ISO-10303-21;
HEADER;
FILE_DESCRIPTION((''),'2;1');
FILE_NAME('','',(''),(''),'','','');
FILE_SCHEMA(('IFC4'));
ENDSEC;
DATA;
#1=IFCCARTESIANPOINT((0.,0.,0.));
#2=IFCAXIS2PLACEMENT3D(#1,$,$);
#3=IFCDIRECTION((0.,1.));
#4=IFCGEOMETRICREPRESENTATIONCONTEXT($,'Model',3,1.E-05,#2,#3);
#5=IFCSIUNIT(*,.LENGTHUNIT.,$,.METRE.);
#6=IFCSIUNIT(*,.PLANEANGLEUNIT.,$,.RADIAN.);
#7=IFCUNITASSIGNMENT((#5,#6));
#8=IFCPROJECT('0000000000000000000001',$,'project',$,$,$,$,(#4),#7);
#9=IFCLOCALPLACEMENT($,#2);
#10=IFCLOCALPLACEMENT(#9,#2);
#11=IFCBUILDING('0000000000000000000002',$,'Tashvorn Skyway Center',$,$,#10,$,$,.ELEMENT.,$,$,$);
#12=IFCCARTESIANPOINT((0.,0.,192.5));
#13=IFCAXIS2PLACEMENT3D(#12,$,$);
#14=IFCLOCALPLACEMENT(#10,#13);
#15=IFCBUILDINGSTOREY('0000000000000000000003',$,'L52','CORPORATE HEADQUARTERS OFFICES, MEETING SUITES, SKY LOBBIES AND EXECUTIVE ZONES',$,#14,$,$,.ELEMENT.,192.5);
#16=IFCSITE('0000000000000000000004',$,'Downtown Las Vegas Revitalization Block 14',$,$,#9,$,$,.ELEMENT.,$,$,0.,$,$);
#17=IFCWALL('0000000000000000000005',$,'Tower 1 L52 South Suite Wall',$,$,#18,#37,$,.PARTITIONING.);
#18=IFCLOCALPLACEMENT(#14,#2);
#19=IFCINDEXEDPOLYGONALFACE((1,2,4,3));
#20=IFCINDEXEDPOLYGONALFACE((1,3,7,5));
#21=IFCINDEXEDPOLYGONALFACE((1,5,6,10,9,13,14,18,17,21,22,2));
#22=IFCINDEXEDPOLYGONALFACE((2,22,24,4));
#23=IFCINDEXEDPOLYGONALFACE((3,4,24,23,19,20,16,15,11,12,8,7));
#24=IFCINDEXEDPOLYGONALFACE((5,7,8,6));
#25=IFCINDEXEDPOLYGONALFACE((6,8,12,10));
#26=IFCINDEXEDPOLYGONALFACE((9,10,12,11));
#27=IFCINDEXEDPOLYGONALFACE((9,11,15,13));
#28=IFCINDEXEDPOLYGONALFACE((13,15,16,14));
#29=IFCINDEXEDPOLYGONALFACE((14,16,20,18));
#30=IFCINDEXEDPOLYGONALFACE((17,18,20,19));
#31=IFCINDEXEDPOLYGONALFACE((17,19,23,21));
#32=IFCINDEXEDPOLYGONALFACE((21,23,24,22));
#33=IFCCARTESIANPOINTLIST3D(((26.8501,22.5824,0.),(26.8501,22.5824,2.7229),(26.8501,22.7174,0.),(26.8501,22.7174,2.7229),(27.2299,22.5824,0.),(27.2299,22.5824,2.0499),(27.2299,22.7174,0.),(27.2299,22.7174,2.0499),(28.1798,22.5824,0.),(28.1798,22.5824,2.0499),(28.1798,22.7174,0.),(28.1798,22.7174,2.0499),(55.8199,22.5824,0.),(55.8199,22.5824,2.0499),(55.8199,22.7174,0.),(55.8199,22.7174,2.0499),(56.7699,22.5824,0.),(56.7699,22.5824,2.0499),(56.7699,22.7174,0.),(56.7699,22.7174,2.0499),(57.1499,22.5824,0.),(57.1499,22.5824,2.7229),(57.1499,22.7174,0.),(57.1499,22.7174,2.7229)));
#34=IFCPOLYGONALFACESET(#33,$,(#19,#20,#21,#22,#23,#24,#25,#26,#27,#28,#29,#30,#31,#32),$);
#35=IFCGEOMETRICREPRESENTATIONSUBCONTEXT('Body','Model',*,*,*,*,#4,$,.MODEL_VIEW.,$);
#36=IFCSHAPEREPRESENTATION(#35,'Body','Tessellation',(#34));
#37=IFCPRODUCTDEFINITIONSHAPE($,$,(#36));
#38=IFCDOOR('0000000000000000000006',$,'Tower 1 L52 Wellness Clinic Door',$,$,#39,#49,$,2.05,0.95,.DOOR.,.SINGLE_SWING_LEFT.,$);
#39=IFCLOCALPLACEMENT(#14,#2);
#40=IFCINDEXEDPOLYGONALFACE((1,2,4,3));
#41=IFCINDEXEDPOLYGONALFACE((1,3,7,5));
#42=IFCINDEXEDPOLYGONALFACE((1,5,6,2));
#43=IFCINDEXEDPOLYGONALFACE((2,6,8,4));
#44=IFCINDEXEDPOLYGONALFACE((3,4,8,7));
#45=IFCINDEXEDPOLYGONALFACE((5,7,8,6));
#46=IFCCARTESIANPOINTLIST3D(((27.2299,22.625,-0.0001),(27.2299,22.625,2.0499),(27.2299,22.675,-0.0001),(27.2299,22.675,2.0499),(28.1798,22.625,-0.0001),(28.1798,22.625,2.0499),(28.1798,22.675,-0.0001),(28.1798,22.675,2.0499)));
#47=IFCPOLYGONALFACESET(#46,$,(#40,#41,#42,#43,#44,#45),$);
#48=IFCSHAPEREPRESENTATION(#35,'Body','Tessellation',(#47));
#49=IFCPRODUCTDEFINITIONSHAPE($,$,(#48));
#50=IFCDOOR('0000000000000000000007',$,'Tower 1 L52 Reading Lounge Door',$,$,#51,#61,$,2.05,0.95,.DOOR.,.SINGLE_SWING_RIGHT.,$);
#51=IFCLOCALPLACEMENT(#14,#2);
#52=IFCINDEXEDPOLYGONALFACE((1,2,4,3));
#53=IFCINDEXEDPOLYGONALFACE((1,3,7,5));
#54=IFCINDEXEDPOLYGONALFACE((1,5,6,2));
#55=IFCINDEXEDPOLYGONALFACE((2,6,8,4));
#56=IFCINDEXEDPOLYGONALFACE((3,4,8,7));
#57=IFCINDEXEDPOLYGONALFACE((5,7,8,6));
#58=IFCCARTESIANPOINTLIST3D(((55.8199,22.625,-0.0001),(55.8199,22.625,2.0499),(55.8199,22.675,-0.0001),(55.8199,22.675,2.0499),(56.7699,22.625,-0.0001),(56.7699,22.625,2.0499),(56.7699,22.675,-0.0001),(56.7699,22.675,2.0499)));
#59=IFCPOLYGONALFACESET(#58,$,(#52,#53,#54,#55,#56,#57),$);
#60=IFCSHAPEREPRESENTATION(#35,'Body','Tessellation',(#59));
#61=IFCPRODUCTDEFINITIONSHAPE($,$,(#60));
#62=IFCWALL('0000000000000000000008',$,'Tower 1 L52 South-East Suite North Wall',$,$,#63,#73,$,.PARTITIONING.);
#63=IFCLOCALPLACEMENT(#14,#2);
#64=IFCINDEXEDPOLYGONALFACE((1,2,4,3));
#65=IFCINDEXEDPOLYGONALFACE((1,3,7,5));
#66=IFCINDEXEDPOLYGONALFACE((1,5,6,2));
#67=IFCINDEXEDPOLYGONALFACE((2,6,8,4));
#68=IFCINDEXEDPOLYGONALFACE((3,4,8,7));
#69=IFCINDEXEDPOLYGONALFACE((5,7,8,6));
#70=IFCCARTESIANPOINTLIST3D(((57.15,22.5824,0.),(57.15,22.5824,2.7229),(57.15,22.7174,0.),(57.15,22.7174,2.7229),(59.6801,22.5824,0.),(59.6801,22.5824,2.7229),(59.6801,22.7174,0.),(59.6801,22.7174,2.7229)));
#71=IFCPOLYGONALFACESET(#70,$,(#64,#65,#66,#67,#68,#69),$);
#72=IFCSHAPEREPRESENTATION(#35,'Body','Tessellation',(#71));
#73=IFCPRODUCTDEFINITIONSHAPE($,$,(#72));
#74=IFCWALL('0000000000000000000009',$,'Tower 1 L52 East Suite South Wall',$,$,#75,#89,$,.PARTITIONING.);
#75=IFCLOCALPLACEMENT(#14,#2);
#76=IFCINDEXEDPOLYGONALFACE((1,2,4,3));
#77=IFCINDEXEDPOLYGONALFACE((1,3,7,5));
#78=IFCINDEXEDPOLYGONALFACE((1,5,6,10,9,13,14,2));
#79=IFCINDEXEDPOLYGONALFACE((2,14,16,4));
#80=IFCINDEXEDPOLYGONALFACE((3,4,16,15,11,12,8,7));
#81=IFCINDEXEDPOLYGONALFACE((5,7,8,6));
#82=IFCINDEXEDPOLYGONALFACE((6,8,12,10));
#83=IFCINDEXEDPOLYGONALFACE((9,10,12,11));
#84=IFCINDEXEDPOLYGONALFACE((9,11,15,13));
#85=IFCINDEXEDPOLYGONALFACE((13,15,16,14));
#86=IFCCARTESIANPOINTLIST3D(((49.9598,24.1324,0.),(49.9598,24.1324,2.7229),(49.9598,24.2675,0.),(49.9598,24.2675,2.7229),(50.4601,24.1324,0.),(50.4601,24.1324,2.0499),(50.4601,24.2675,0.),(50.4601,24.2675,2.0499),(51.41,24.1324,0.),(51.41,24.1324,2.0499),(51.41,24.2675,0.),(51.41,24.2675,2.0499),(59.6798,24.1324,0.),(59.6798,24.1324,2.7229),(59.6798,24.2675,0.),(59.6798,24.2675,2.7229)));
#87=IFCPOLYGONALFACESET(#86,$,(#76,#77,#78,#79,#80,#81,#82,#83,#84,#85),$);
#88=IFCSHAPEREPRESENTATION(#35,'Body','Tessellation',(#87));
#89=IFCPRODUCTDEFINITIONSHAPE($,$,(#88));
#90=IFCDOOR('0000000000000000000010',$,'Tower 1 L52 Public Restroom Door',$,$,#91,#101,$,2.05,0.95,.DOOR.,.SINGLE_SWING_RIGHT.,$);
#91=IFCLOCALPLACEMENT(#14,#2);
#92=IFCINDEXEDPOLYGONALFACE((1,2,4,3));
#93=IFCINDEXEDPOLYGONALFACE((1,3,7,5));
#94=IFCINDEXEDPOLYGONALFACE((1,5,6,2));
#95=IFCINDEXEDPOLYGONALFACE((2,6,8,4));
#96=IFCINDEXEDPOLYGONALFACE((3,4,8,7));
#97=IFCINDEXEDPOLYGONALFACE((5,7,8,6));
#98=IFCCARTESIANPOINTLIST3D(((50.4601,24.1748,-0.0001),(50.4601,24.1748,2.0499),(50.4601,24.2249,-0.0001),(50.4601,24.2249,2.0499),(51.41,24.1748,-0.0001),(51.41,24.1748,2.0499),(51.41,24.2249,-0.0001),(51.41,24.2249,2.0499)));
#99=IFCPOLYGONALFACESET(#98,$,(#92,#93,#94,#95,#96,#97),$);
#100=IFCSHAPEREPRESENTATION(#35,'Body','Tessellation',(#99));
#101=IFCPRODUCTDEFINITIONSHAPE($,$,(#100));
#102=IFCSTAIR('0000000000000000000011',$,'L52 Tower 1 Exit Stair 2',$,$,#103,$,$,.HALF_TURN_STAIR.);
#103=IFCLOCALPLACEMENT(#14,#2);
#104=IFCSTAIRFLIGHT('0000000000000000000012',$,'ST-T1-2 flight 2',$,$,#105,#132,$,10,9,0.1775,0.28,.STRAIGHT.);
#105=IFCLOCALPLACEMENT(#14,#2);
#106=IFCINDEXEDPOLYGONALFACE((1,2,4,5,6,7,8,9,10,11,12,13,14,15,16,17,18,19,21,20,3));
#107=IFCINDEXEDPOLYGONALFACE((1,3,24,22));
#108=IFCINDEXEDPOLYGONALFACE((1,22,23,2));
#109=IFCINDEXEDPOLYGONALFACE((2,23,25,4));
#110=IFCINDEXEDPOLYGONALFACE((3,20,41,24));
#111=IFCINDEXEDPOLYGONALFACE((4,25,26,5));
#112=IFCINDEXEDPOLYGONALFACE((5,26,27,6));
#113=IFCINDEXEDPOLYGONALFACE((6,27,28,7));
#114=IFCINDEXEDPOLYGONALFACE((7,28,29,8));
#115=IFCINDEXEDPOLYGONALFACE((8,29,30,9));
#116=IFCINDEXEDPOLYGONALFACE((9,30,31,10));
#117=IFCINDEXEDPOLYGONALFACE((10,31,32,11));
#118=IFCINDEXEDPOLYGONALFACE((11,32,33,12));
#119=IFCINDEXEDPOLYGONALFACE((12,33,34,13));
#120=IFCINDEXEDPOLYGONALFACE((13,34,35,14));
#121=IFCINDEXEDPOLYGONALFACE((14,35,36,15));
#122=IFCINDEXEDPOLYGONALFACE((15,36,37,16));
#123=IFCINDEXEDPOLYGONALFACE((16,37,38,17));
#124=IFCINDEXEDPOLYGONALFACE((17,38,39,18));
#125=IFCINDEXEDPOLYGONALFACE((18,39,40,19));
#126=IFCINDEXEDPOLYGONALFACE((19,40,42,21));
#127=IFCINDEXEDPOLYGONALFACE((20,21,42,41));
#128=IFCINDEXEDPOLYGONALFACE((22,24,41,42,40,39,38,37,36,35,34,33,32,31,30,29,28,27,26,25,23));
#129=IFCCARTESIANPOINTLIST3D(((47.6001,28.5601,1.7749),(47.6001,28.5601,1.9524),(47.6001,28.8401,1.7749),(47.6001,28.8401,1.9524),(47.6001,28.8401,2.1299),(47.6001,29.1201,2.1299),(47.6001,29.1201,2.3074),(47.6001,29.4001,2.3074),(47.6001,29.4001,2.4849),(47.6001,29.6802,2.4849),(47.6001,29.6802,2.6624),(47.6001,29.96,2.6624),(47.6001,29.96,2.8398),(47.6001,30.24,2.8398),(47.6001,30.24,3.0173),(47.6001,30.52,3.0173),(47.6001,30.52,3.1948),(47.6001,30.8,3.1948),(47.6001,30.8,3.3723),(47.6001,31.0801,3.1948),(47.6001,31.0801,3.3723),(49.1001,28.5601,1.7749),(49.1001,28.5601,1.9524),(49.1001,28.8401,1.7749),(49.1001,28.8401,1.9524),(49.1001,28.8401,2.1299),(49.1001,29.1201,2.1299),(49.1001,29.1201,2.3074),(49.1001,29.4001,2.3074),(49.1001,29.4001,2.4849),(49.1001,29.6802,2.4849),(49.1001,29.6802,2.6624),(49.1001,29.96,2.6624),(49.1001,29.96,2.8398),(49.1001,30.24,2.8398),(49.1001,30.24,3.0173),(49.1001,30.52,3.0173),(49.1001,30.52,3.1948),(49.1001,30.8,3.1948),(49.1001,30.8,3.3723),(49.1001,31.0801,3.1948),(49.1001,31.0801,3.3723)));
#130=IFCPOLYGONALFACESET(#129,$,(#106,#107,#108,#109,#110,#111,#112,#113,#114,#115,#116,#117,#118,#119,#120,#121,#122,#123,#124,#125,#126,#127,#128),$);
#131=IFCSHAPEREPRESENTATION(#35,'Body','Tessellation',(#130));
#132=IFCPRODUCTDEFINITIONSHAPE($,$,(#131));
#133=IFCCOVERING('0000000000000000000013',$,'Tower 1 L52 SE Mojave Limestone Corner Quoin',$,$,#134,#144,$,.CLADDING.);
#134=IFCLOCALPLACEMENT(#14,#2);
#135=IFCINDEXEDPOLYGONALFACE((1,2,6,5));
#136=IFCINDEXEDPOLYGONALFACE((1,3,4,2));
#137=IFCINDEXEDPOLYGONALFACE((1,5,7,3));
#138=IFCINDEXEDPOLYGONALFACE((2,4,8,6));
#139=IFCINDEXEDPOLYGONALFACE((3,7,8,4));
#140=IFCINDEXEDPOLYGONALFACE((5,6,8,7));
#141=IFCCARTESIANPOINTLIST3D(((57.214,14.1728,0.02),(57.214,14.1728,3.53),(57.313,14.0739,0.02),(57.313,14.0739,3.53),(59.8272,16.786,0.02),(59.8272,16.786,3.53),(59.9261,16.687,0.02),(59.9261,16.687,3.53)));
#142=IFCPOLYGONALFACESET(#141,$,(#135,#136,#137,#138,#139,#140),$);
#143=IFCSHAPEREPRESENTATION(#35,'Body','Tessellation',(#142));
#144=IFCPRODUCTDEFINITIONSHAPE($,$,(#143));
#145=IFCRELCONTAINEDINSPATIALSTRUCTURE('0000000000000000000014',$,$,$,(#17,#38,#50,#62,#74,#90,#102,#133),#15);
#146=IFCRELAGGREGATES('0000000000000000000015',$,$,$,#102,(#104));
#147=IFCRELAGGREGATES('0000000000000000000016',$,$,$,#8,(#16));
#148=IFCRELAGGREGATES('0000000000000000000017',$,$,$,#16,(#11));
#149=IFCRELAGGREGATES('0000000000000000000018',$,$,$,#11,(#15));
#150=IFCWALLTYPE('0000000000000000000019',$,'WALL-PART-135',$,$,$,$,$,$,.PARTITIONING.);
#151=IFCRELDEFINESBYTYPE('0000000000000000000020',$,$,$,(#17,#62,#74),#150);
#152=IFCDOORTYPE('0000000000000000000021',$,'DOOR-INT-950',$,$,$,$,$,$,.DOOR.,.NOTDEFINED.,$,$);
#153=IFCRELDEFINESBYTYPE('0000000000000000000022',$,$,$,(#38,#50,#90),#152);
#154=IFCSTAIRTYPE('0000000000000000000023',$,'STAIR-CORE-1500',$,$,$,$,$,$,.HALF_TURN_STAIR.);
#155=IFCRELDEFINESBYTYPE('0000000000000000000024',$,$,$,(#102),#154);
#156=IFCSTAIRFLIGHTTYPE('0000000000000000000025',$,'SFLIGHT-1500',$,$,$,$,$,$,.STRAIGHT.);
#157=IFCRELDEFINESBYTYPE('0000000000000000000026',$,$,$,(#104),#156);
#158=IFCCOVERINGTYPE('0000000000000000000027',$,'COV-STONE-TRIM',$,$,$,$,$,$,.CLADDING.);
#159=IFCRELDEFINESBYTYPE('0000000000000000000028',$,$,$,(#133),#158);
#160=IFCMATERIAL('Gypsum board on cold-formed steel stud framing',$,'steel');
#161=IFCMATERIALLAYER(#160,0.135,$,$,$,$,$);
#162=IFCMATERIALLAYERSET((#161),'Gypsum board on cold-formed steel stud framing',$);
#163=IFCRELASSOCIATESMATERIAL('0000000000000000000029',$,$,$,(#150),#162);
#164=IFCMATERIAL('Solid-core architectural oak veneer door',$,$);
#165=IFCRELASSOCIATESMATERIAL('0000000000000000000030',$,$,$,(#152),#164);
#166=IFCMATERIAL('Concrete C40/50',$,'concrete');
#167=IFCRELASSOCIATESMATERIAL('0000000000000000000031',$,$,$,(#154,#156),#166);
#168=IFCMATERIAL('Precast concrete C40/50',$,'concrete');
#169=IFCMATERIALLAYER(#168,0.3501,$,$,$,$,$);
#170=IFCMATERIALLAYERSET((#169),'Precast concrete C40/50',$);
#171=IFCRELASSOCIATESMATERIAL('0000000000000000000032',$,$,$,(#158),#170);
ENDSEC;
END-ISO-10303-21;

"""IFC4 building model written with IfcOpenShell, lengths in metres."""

from ifc_helpers import new_model, si_unit, direction, frame, frame_2d, origin, origin_2d, place, context, subcontext, project, spatial, polyline, rectangle, outline, extrude, material, layer, layer_set, type_object, element, fill, aggregate, save


model = new_model("IFC4")

# Units and contexts
model_context = context("Model", 3, precision=1e-05, world=origin(), true_north=direction((0.0, 1.0)))
body_context = subcontext(model_context, "Body", "Model", "MODEL_VIEW")
ifc_project = project(units=[si_unit("LENGTHUNIT", "METRE"), si_unit("PLANEANGLEUNIT", "RADIAN")], contexts=[model_context])

# Site, building, storey
site_placement = place(None, origin())
site = spatial("IfcSite", under=ifc_project, at=site_placement, Name="Downtown Las Vegas Revitalization Block 14", CompositionType="ELEMENT", RefElevation=0.0)
building_placement = place(site_placement, origin())
building = spatial("IfcBuilding", under=site, at=building_placement, Name="Tashvorn Skyway Center", CompositionType="ELEMENT")
storey_placement = place(building_placement, frame((0.0, 0.0, 192.5)))
storey = spatial("IfcBuildingStorey", under=building, at=storey_placement, Name="L52", Description="CORPORATE HEADQUARTERS OFFICES, MEETING SUITES, SKY LOBBIES AND EXECUTIVE ZONES", CompositionType="ELEMENT", Elevation=192.5)

# Shared definitions
ifc_material_1 = material(Name="Gypsum board on cold-formed steel stud framing", Category="steel")

# Wall, openings, doors
ifc_layer_1 = layer(ifc_material_1, 0.135)
ifc_layer_set_1 = layer_set([ifc_layer_1], Name="Gypsum board on cold-formed steel stud framing")
wall_type_1 = type_object("IfcWallType", Name="WALL-PART-135", PredefinedType="PARTITIONING", material=ifc_layer_set_1)
wall_1_placement = place(storey_placement, frame((57.1499, 22.6499, 0.0), z_axis=(0.0, 0.0, 1.0), x_axis=(-1.0, 0.0, 0.0)))
wall_1 = element("IfcWall", 1, at=wall_1_placement, inside=storey, type_object=wall_type_1, Name="Tower 1 L52 South Suite Wall", PredefinedType="PARTITIONING", context=body_context, shape_type="SweptSolid", body=[
    extrude(rectangle(XDim=30.2998, YDim=0.135, at=frame_2d((15.1499, 0.0))), origin(), (0.0, 0.0, 1.0), 2.7229),
])
opening_1_placement = place(wall_1_placement, frame((28.97, 0.0, 0.0)))
opening_1 = element("IfcOpeningElement", 2, at=opening_1_placement, cuts=wall_1, PredefinedType="OPENING", context=body_context, shape_type="SweptSolid", body=[
    extrude(rectangle(XDim=0.95, YDim=2.05, at=frame_2d((0.4751, 1.0249))), frame((0.0, 0.0774, 0.0), z_axis=(0.0, -1.0, 0.0), x_axis=(1.0, 0.0, 0.0)), (0.0, 0.0, 1.0), 0.155),
])
opening_2_placement = place(wall_1_placement, frame((0.3799, 0.0, 0.0)))
opening_2 = element("IfcOpeningElement", 3, at=opening_2_placement, cuts=wall_1, PredefinedType="OPENING", context=body_context, shape_type="SweptSolid", body=[
    extrude(rectangle(XDim=0.95, YDim=2.05, at=frame_2d((0.4751, 1.0249))), frame((0.0, 0.0774, 0.0), z_axis=(0.0, -1.0, 0.0), x_axis=(1.0, 0.0, 0.0)), (0.0, 0.0, 1.0), 0.155),
])
ifc_material_2 = material(Name="Solid-core architectural oak veneer door")
door_type_1 = type_object("IfcDoorType", Name="DOOR-INT-950", OperationType="NOTDEFINED", PredefinedType="DOOR", material=ifc_material_2)
door_1_placement = place(opening_1_placement, origin())
door_1 = element("IfcDoor", 4, at=door_1_placement, inside=storey, type_object=door_type_1, Name="Tower 1 L52 Wellness Clinic Door", OperationType="SINGLE_SWING_LEFT", OverallHeight=2.05, OverallWidth=0.95, PredefinedType="DOOR", context=body_context, shape_type="SweptSolid", body=[
    extrude(rectangle(XDim=0.95, YDim=2.05, at=frame_2d((0.4751, 1.0249))), frame((0.0, 0.0249, 0.0), z_axis=(0.0, -1.0, 0.0), x_axis=(1.0, 0.0, 0.0)), (0.0, 0.0, 1.0), 0.05),
])
fill(opening_1, door_1)
door_2_placement = place(opening_2_placement, origin())
door_2 = element("IfcDoor", 5, at=door_2_placement, inside=storey, type_object=door_type_1, Name="Tower 1 L52 Reading Lounge Door", OperationType="SINGLE_SWING_RIGHT", OverallHeight=2.05, OverallWidth=0.95, PredefinedType="DOOR", context=body_context, shape_type="SweptSolid", body=[
    extrude(rectangle(XDim=0.95, YDim=2.05, at=frame_2d((0.4751, 1.0249))), frame((0.0, 0.0249, 0.0), z_axis=(0.0, -1.0, 0.0), x_axis=(1.0, 0.0, 0.0)), (0.0, 0.0, 1.0), 0.05),
])
fill(opening_2, door_2)

# Wall
wall_2_placement = place(storey_placement, frame((57.1499, 22.6499, 0.0), z_axis=(0.0, 0.0, 1.0), x_axis=(1.0, 0.0, 0.0)))
element("IfcWall", 6, at=wall_2_placement, inside=storey, type_object=wall_type_1, Name="Tower 1 L52 South-East Suite North Wall", PredefinedType="PARTITIONING", context=body_context, shape_type="SweptSolid", body=[
    extrude(rectangle(XDim=2.53, YDim=0.135, at=frame_2d((1.2651, 0.0))), origin(), (0.0, 0.0, 1.0), 2.7229),
])

# Wall, opening, door
wall_3_placement = place(storey_placement, frame((49.96, 24.2, 0.0), z_axis=(0.0, 0.0, 1.0), x_axis=(1.0, 0.0, 0.0)))
wall_3 = element("IfcWall", 7, at=wall_3_placement, inside=storey, type_object=wall_type_1, Name="Tower 1 L52 East Suite South Wall", PredefinedType="PARTITIONING", context=body_context, shape_type="SweptSolid", body=[
    extrude(rectangle(XDim=9.72, YDim=0.135, at=frame_2d((4.8599, 0.0))), origin(), (0.0, 0.0, 1.0), 2.7229),
])
opening_3_placement = place(wall_3_placement, frame((0.5, 0.0, 0.0)))
opening_3 = element("IfcOpeningElement", 8, at=opening_3_placement, cuts=wall_3, PredefinedType="OPENING", context=body_context, shape_type="SweptSolid", body=[
    extrude(rectangle(XDim=0.95, YDim=2.05, at=frame_2d((0.4751, 1.0249))), frame((0.0, 0.0774, 0.0), z_axis=(0.0, -1.0, 0.0), x_axis=(1.0, 0.0, 0.0)), (0.0, 0.0, 1.0), 0.155),
])
door_3_placement = place(opening_3_placement, origin())
door_3 = element("IfcDoor", 9, at=door_3_placement, inside=storey, type_object=door_type_1, Name="Tower 1 L52 Public Restroom Door", OperationType="SINGLE_SWING_RIGHT", OverallHeight=2.05, OverallWidth=0.95, PredefinedType="DOOR", context=body_context, shape_type="SweptSolid", body=[
    extrude(rectangle(XDim=0.95, YDim=2.05, at=frame_2d((0.4751, 1.0249))), frame((0.0, 0.0249, 0.0), z_axis=(0.0, -1.0, 0.0), x_axis=(1.0, 0.0, 0.0)), (0.0, 0.0, 1.0), 0.05),
])
fill(opening_3, door_3)

# Stair, stair flight
ifc_material_3 = material(Name="Concrete C40/50", Category="concrete")
stair_type = type_object("IfcStairType", Name="STAIR-CORE-1500", PredefinedType="HALF_TURN_STAIR", material=ifc_material_3)
stair_placement = place(storey_placement, origin())
stair = element("IfcStair", 10, at=stair_placement, inside=storey, type_object=stair_type, Name="L52 Tower 1 Exit Stair 2", PredefinedType="HALF_TURN_STAIR")
stair_flight_type = type_object("IfcStairFlightType", Name="SFLIGHT-1500", PredefinedType="STRAIGHT", material=ifc_material_3)
stair_flight_placement = place(storey_placement, frame((48.3501, 28.5601, 1.7749), z_axis=(0.0, 0.0, 1.0), x_axis=(0.0, 1.0, 0.0)))
stair_flight = element("IfcStairFlight", 11, at=stair_flight_placement, type_object=stair_flight_type, Name="ST-T1-2 flight 2", NumberOfRisers=10, NumberOfTreads=9, PredefinedType="STRAIGHT", RiserHeight=0.1775, TreadLength=0.28, context=body_context, shape_type="SweptSolid", body=[
    extrude(outline(polyline([(0.0, 0.0), (0.0, 0.1775), (0.28, 0.1775), (0.28, 0.355), (0.5601, 0.355), (0.5601, 0.5325), (0.8401, 0.5325), (0.8401, 0.71), (1.1201, 0.71), (1.1201, 0.8875), (1.3999, 0.8875), (1.3999, 1.0649), (1.6799, 1.0649), (1.6799, 1.2424), (1.96, 1.2424), (1.96, 1.4199), (2.24, 1.4199), (2.24, 1.5974), (2.52, 1.5974), (2.52, 1.7749), (2.52, 1.4199), (0.28, 0.0), (0.0, 0.0)])), frame((0.0, 0.75, 0.0), z_axis=(0.0, -1.0, 0.0), x_axis=(1.0, 0.0, 0.0)), (0.0, 0.0, 1.0), 1.5),
])
aggregate(stair, [stair_flight])

# Covering
ifc_material_4 = material(Name="Precast concrete C40/50", Category="concrete")
ifc_layer_2 = layer(ifc_material_4, 0.3501)
ifc_layer_set_2 = layer_set([ifc_layer_2], Name="Precast concrete C40/50")
covering_type = type_object("IfcCoveringType", Name="COV-STONE-TRIM", PredefinedType="CLADDING", material=ifc_layer_set_2)
covering_placement = place(storey_placement, frame((58.5701, 15.4299, 0.02), z_axis=(0.0, 0.0, 1.0), x_axis=(0.707107, 0.707107, 0.0)))
element("IfcCovering", 12, at=covering_placement, inside=storey, type_object=covering_type, Name="Tower 1 L52 SE Mojave Limestone Corner Quoin", PredefinedType="CLADDING", context=body_context, shape_type="SweptSolid", body=[
    extrude(rectangle(XDim=3.6956, YDim=0.1399, at=origin_2d()), origin(), (0.0, 0.0, 1.0), 3.51),
])

save(model, "model.ifc")
